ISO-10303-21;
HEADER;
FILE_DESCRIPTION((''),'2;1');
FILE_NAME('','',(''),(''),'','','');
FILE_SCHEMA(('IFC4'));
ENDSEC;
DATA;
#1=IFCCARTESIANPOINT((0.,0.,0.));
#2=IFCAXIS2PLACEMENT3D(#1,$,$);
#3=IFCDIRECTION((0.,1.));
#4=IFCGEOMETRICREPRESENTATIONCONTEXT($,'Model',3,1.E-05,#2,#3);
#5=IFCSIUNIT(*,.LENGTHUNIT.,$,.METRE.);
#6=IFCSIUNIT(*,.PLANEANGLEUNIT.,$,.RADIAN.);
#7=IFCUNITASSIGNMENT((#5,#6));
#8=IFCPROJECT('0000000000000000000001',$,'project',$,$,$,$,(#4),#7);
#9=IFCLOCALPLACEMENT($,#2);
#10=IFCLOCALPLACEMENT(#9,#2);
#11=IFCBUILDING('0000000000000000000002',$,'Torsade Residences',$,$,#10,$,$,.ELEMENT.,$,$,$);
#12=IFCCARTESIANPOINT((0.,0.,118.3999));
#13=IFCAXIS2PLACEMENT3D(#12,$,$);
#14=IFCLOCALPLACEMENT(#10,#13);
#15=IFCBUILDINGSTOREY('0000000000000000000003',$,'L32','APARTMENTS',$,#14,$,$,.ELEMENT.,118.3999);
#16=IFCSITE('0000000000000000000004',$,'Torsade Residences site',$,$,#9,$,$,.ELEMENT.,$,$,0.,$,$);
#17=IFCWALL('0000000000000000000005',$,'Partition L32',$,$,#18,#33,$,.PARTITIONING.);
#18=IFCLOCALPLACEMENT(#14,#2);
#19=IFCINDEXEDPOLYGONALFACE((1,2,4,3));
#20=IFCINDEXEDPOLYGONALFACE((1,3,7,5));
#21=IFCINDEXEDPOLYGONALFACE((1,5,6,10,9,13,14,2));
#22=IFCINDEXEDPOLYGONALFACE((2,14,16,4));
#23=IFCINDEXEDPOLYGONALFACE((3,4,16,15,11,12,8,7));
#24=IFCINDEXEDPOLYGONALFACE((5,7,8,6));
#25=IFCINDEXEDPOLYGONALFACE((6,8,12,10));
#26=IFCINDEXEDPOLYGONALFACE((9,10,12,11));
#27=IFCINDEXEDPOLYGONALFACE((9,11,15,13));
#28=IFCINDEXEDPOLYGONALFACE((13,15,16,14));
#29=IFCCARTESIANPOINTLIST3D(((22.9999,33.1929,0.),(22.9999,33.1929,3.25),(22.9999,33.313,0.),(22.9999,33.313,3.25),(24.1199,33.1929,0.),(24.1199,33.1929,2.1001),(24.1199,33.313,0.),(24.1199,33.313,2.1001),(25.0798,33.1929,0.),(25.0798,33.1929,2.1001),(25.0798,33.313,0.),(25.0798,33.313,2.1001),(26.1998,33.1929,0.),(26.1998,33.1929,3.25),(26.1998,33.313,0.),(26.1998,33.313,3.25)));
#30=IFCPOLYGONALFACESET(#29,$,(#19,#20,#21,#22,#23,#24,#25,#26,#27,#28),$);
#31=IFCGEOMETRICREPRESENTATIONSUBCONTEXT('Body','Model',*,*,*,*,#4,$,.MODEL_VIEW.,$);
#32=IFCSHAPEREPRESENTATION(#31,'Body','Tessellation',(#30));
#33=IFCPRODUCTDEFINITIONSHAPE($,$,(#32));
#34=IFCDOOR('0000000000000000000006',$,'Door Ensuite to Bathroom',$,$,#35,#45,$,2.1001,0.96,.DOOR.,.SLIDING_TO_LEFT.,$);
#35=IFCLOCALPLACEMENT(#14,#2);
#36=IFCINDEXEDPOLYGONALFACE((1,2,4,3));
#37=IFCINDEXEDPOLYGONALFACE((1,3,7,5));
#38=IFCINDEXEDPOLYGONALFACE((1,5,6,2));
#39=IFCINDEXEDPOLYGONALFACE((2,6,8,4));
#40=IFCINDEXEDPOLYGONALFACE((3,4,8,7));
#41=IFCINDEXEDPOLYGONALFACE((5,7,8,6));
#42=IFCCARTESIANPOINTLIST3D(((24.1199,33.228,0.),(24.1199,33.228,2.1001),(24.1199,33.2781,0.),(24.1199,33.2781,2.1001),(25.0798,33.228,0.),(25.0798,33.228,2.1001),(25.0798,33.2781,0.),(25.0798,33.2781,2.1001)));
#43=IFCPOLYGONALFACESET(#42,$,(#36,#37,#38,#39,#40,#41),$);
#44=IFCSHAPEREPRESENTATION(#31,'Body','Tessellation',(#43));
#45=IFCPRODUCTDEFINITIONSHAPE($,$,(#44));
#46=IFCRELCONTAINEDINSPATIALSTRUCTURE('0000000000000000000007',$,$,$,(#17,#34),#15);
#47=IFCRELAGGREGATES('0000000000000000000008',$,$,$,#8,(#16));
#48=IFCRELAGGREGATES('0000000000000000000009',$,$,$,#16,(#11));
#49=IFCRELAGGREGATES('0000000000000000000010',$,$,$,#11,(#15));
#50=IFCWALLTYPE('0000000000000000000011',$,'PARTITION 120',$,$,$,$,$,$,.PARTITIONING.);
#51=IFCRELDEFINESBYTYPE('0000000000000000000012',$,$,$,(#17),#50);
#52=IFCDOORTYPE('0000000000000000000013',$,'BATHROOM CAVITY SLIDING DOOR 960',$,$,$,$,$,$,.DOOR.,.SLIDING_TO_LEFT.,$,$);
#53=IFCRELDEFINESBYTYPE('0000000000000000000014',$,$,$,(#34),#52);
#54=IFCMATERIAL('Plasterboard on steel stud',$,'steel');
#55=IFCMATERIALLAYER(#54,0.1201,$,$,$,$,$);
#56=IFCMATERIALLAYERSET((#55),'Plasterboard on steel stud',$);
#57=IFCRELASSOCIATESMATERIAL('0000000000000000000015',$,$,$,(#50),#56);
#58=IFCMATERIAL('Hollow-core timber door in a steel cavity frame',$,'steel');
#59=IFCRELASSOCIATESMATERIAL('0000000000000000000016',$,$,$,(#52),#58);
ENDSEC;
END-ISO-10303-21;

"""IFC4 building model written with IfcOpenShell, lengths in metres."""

from ifc_helpers import new_model, si_unit, direction, frame, frame_2d, origin, place, context, subcontext, project, spatial, rectangle, extrude, material, layer, layer_set, type_object, element, fill, save


model = new_model("IFC4")

# Units and contexts
model_context = context("Model", 3, precision=1e-05, world=origin(), true_north=direction((0.0, 1.0)))
body_context = subcontext(model_context, "Body", "Model", "MODEL_VIEW")
ifc_project = project(units=[si_unit("LENGTHUNIT", "METRE"), si_unit("PLANEANGLEUNIT", "RADIAN")], contexts=[model_context])

# Site, building, storey
site_placement = place(None, origin())
site = spatial("IfcSite", under=ifc_project, at=site_placement, Name="Torsade Residences site", CompositionType="ELEMENT", RefElevation=0.0)
building_placement = place(site_placement, origin())
building = spatial("IfcBuilding", under=site, at=building_placement, Name="Torsade Residences", CompositionType="ELEMENT")
storey_placement = place(building_placement, frame((0.0, 0.0, 118.3999)))
storey = spatial("IfcBuildingStorey", under=building, at=storey_placement, Name="L32", Description="APARTMENTS", CompositionType="ELEMENT", Elevation=118.3999)

# Wall, opening, door
ifc_material_1 = material(Name="Plasterboard on steel stud", Category="steel")
ifc_layer_1 = layer(ifc_material_1, 0.1201)
ifc_layer_set_1 = layer_set([ifc_layer_1], Name="Plasterboard on steel stud")
wall_type_1 = type_object("IfcWallType", Name="PARTITION 120", PredefinedType="PARTITIONING", material=ifc_layer_set_1)
ifc_material_2 = material(Name="Hollow-core timber door in a steel cavity frame", Category="steel")
door_type_1 = type_object("IfcDoorType", Name="BATHROOM CAVITY SLIDING DOOR 960", OperationType="SLIDING_TO_LEFT", PredefinedType="DOOR", material=ifc_material_2)
wall_1_placement = place(storey_placement, frame((26.2, 33.2529, 0.0), z_axis=(0.0, 0.0, 1.0), x_axis=(-1.0, 0.0, 0.0)))
wall_1 = element("IfcWall", 1, at=wall_1_placement, inside=storey, type_object=wall_type_1, Name="Partition L32", PredefinedType="PARTITIONING", context=body_context, shape_type="SweptSolid", body=[
    extrude(rectangle(XDim=3.2, YDim=0.1201, at=frame_2d((1.6001, 0.0))), origin(), (0.0, 0.0, 1.0), 3.25),
])
opening_1_placement = place(wall_1_placement, frame((1.1201, 0.0, 0.0)))
opening_1 = element("IfcOpeningElement", 2, at=opening_1_placement, cuts=wall_1, PredefinedType="OPENING", context=body_context, shape_type="SweptSolid", body=[
    extrude(rectangle(XDim=0.96, YDim=2.1001, at=frame_2d((0.48, 1.05))), frame((0.0, 0.0701, 0.0), z_axis=(0.0, -1.0, 0.0), x_axis=(1.0, 0.0, 0.0)), (0.0, 0.0, 1.0), 0.1401),
])
door_1_placement = place(opening_1_placement, origin())
door_1 = element("IfcDoor", 3, at=door_1_placement, inside=storey, type_object=door_type_1, Name="Door Ensuite to Bathroom", OperationType="SLIDING_TO_LEFT", OverallHeight=2.1001, OverallWidth=0.96, PredefinedType="DOOR", context=body_context, shape_type="SweptSolid", body=[
    extrude(rectangle(XDim=0.96, YDim=2.1001, at=frame_2d((0.48, 1.05))), frame((0.0, 0.0249, 0.0), z_axis=(0.0, -1.0, 0.0), x_axis=(1.0, 0.0, 0.0)), (0.0, 0.0, 1.0), 0.05),
])
fill(opening_1, door_1)

save(model, "model.ifc")
